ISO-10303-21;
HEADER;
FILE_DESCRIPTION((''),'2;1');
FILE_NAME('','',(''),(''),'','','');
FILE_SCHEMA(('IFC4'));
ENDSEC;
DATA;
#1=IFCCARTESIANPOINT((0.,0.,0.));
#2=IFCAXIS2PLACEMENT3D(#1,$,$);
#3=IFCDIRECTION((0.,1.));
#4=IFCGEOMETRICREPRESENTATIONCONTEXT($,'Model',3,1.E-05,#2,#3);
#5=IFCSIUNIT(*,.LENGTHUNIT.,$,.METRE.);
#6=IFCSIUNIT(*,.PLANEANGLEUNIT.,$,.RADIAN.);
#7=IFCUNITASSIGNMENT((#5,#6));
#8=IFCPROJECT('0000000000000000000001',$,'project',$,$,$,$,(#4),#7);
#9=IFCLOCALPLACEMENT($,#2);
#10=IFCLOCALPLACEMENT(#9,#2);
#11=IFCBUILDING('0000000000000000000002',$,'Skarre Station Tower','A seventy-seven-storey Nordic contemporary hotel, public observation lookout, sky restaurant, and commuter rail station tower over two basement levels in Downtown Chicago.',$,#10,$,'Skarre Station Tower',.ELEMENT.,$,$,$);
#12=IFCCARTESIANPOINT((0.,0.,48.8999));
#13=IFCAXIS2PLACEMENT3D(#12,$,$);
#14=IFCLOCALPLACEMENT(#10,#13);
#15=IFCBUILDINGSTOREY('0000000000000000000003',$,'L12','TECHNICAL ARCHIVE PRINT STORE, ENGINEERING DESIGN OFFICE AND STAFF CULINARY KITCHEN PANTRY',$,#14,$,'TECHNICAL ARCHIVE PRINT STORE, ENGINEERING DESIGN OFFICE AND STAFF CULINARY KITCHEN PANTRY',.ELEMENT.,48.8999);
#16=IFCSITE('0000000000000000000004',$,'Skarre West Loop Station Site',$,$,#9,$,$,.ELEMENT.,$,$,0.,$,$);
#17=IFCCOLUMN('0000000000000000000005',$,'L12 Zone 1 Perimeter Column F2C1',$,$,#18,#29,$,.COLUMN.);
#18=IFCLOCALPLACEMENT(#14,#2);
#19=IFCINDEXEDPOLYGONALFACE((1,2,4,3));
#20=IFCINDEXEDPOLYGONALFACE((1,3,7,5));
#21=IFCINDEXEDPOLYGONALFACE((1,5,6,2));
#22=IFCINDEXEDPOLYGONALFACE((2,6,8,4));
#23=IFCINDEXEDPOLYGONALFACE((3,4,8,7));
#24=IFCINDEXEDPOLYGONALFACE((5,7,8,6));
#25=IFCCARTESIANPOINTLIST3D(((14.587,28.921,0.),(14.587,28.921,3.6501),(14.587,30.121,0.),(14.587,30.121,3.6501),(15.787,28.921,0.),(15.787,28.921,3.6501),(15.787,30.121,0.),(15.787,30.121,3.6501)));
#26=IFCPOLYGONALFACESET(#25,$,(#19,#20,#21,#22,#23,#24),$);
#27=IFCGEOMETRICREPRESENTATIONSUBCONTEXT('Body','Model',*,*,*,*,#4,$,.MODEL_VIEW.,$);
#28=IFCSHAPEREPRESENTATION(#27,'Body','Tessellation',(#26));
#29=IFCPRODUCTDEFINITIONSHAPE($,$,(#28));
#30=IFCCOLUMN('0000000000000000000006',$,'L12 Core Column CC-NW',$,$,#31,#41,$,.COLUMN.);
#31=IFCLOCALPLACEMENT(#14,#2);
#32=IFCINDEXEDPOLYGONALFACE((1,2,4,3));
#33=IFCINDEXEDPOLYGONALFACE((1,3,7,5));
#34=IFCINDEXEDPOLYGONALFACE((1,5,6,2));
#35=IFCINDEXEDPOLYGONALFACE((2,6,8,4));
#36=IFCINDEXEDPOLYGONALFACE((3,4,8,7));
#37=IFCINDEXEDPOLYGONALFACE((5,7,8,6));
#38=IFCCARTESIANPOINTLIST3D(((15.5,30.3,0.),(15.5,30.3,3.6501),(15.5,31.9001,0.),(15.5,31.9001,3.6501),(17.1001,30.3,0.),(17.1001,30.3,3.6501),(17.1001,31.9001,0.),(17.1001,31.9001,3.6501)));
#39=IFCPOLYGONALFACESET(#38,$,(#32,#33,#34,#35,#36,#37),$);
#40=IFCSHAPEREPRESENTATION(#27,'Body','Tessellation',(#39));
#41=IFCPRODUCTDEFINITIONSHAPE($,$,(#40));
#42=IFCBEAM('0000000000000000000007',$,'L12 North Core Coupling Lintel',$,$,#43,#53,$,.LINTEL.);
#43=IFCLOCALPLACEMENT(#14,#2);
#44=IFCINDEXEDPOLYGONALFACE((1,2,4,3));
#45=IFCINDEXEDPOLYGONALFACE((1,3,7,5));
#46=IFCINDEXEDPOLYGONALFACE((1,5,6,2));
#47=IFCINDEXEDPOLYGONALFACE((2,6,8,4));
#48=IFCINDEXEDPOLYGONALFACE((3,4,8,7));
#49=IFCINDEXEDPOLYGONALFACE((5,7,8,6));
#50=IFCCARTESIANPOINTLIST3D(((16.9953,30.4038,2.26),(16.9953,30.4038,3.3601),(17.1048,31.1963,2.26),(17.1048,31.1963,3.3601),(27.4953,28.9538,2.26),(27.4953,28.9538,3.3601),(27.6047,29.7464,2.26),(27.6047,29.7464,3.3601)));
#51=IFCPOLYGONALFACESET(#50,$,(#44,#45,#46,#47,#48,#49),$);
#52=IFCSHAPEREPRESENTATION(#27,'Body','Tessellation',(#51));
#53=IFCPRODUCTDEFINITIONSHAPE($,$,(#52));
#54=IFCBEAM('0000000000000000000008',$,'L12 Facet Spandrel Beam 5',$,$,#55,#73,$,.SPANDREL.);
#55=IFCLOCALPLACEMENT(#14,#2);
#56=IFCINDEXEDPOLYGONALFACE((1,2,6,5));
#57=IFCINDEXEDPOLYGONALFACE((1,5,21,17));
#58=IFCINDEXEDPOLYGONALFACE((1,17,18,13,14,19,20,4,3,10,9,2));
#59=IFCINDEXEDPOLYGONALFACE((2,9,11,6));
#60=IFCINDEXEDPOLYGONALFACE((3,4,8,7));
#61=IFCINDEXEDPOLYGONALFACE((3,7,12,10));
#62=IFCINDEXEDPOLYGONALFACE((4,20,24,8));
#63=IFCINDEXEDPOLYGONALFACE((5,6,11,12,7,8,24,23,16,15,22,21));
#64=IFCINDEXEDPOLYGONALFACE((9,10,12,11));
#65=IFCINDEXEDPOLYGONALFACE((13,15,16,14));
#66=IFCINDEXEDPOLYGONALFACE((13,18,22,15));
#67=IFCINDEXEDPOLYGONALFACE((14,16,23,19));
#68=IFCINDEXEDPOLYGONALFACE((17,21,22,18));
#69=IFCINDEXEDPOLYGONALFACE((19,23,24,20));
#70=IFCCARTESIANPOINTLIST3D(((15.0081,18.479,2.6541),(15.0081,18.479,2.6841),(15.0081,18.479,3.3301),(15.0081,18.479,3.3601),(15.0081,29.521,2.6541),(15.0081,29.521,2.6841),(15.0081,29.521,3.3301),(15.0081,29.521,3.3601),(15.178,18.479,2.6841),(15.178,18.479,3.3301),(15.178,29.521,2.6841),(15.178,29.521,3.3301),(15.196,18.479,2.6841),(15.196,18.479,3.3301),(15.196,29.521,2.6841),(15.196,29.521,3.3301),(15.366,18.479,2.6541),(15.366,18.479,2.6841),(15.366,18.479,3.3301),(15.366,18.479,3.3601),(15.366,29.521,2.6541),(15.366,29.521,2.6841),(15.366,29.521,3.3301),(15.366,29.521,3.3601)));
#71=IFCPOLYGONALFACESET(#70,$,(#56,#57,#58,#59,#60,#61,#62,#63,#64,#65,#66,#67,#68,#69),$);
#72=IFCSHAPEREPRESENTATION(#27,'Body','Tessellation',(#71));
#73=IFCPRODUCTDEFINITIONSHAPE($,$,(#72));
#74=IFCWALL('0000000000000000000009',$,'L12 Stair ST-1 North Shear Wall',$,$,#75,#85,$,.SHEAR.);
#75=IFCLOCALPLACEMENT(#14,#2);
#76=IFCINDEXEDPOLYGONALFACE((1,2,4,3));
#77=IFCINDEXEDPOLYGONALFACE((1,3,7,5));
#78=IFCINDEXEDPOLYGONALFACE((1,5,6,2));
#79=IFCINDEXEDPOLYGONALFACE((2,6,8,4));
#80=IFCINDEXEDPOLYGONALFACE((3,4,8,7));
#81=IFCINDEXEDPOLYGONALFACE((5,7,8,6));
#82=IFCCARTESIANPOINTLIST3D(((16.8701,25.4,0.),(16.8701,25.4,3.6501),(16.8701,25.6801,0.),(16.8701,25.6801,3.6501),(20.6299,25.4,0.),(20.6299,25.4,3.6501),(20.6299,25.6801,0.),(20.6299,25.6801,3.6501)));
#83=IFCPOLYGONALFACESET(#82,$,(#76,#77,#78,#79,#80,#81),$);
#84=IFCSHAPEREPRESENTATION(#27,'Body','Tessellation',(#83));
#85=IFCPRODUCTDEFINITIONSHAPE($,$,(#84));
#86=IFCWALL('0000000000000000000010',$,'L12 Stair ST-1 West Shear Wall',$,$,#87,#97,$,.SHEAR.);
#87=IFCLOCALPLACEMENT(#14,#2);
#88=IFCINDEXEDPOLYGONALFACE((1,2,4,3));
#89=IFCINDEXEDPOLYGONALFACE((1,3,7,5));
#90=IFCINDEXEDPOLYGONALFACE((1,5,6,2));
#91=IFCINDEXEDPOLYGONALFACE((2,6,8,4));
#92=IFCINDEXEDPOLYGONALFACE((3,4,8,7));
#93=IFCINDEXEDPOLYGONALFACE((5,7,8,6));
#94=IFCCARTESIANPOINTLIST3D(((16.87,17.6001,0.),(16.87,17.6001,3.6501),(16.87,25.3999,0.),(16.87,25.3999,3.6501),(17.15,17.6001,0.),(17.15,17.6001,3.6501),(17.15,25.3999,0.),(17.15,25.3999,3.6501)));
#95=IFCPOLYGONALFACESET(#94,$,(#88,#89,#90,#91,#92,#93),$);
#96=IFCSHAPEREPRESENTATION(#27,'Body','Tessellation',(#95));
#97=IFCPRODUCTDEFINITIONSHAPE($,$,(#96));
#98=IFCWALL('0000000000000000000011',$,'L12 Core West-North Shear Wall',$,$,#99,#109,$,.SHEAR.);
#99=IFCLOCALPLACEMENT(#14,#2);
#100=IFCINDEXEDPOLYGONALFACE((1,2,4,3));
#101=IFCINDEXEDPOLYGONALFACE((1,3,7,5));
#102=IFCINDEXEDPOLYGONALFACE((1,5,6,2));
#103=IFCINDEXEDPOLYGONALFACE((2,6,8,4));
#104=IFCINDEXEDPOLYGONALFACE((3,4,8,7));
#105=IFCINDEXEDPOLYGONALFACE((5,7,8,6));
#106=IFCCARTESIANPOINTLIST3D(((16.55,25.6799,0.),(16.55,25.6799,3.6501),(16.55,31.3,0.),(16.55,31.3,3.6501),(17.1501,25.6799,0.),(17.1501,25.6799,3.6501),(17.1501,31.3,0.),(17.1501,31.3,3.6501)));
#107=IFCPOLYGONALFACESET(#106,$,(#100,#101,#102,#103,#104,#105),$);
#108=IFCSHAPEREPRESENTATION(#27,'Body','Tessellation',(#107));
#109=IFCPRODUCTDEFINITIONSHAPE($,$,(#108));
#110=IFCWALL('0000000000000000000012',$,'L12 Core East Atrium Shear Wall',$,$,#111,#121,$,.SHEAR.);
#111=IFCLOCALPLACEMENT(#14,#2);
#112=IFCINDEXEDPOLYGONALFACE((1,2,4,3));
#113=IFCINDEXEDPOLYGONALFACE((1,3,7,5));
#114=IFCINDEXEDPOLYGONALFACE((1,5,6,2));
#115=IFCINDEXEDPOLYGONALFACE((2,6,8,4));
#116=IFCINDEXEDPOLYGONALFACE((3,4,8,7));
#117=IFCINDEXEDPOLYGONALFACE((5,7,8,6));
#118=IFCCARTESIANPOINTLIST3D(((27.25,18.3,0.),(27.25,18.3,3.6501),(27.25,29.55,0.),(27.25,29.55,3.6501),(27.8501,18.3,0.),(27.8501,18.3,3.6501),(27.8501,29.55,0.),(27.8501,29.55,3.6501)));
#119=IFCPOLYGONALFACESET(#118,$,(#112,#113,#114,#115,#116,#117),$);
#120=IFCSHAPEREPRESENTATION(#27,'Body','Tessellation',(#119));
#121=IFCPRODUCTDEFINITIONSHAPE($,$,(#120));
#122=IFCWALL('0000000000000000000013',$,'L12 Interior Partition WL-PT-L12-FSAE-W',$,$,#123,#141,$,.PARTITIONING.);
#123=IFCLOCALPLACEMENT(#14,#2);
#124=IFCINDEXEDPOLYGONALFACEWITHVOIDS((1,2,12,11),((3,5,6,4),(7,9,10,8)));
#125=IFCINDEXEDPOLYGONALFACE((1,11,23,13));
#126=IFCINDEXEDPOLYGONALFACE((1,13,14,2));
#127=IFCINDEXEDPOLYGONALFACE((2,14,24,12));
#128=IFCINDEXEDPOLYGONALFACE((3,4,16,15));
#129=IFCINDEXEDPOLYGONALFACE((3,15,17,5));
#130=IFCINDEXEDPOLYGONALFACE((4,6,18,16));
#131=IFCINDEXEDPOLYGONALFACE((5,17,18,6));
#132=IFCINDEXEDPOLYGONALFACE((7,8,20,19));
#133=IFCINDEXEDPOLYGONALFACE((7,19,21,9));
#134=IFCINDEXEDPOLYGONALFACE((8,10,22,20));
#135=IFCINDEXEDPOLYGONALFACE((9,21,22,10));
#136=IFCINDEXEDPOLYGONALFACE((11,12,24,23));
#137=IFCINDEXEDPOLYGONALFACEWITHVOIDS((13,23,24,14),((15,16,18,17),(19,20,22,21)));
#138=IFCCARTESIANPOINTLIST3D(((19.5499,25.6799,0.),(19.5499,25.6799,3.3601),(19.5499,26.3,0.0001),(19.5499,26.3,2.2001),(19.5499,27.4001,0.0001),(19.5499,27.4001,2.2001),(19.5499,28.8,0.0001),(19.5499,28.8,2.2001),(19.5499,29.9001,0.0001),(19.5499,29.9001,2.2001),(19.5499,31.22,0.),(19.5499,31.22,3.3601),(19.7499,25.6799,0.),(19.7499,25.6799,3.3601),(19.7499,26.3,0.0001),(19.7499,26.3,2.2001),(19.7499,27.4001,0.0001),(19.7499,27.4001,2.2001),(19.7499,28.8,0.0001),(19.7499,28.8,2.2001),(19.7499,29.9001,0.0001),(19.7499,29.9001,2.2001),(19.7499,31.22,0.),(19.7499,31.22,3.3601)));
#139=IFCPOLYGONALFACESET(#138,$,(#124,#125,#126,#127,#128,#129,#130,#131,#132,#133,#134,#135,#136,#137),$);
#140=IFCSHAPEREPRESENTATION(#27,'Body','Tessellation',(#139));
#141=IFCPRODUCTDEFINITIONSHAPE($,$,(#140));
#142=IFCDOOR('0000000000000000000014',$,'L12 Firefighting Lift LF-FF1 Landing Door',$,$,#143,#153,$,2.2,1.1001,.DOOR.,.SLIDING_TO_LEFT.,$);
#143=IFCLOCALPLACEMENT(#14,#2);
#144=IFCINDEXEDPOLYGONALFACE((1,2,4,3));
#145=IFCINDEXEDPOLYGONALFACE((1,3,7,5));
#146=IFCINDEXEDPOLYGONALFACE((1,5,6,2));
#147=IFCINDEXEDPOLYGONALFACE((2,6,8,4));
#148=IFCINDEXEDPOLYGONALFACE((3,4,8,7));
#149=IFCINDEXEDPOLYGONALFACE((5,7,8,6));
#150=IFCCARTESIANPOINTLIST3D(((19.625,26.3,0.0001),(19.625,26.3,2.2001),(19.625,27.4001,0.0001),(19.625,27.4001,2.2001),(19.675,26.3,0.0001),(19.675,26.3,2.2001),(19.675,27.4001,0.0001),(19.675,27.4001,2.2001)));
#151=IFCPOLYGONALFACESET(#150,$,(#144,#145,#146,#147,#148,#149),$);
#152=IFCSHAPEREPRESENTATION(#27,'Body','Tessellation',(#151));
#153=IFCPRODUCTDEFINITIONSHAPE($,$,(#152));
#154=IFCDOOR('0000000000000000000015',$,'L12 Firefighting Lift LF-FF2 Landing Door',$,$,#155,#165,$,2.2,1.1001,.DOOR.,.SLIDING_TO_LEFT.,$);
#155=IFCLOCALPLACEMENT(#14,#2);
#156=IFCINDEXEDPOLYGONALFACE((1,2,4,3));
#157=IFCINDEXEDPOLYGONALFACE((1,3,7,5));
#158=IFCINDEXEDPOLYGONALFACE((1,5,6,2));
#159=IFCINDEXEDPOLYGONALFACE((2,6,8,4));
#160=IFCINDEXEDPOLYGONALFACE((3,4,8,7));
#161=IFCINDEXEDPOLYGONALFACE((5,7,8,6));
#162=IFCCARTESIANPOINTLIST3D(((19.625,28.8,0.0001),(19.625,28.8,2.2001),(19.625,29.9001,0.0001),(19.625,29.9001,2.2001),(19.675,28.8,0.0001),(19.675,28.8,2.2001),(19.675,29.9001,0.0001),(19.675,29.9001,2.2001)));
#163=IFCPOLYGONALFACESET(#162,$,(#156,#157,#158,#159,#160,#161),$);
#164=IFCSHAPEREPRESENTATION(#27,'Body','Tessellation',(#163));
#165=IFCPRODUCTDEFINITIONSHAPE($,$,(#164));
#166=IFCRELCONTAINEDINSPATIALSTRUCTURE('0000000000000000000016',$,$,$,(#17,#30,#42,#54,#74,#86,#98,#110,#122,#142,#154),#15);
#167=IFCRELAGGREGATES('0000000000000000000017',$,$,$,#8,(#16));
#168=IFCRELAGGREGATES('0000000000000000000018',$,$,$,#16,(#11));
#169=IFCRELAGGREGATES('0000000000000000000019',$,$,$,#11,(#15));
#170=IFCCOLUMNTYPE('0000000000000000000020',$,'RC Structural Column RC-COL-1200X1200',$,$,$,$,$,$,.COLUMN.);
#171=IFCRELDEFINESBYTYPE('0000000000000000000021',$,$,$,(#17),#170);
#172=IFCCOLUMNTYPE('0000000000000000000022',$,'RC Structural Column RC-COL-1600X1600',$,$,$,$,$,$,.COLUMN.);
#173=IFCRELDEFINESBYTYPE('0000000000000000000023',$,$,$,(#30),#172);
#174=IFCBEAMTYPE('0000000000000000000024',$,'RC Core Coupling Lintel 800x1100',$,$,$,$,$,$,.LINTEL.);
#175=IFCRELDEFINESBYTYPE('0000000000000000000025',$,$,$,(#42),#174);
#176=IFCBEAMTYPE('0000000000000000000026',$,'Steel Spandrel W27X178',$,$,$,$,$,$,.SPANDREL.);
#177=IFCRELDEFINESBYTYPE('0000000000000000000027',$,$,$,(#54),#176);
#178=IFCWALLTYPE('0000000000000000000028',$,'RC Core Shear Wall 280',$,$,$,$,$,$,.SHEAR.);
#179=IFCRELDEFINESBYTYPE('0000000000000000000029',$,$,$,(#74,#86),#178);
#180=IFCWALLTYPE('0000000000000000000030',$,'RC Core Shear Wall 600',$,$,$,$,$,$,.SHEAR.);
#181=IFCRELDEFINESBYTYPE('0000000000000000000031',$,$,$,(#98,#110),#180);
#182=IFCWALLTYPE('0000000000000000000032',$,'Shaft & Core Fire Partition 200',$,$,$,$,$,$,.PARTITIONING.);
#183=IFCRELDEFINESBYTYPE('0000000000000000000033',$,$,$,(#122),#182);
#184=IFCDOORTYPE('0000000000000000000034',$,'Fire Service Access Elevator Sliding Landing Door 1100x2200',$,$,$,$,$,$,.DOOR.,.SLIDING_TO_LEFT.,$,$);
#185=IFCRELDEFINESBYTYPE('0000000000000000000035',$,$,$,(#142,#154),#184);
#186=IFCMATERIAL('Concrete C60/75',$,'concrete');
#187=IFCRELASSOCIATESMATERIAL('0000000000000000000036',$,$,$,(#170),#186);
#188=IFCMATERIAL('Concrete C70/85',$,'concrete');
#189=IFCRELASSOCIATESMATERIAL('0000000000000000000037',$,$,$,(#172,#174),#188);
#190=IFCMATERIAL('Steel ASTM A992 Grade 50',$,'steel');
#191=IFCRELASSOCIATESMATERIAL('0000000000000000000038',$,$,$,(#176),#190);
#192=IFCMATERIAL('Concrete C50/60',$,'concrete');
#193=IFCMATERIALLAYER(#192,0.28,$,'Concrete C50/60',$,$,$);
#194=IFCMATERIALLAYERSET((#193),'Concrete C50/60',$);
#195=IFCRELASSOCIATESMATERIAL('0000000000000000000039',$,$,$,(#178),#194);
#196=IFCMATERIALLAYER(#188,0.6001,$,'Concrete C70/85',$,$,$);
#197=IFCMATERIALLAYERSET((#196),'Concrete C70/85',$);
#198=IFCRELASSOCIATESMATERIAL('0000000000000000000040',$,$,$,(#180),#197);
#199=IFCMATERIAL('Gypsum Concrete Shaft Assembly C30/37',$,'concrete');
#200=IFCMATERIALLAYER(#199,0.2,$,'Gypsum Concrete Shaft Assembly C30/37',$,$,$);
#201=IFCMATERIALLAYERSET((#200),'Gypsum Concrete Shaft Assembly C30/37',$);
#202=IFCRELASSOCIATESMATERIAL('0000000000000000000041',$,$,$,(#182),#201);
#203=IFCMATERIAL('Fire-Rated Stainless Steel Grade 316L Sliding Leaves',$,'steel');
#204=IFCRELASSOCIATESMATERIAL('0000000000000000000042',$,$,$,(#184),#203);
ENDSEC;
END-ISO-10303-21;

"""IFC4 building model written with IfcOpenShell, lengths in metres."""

from ifc_helpers import new_model, si_unit, direction, frame, frame_2d, origin, origin_2d, place, context, subcontext, project, spatial, rectangle, i_section, extrude, material, layer, layer_set, material_profile, profile_set, type_object, element, fill, save


model = new_model("IFC4")

# Units and contexts
model_context = context("Model", 3, precision=1e-05, world=origin(), true_north=direction((0.0, 1.0)))
body_context = subcontext(model_context, "Body", "Model", "MODEL_VIEW")
ifc_project = project(units=[si_unit("LENGTHUNIT", "METRE"), si_unit("PLANEANGLEUNIT", "RADIAN")], contexts=[model_context])

# Site, building, storey
site_placement = place(None, origin())
site = spatial("IfcSite", under=ifc_project, at=site_placement, Name="Skarre West Loop Station Site", CompositionType="ELEMENT", RefElevation=0.0)
building_placement = place(site_placement, origin())
building = spatial("IfcBuilding", under=site, at=building_placement, Name="Skarre Station Tower", Description="A seventy-seven-storey Nordic contemporary hotel, public observation lookout, sky restaurant, and commuter rail station tower over two basement levels in Downtown Chicago.", LongName="Skarre Station Tower", CompositionType="ELEMENT")
storey_placement = place(building_placement, frame((0.0, 0.0, 48.8999)))
storey = spatial("IfcBuildingStorey", under=building, at=storey_placement, Name="L12", Description="TECHNICAL ARCHIVE PRINT STORE, ENGINEERING DESIGN OFFICE AND STAFF CULINARY KITCHEN PANTRY", LongName="TECHNICAL ARCHIVE PRINT STORE, ENGINEERING DESIGN OFFICE AND STAFF CULINARY KITCHEN PANTRY", CompositionType="ELEMENT", Elevation=48.8999)

# Columns
ifc_material_1 = material(Name="Concrete C60/75", Category="concrete")
ifc_material_profile_1 = material_profile(ifc_material_1, rectangle(XDim=1.2, YDim=1.2, at=origin_2d()), Name="Concrete C60/75")
ifc_profile_set_1 = profile_set([ifc_material_profile_1], Name="Concrete C60/75")
column_type_1 = type_object("IfcColumnType", Name="RC Structural Column RC-COL-1200X1200", PredefinedType="COLUMN", material=ifc_profile_set_1)
column_1_placement = place(storey_placement, frame((15.187, 29.521, 0.0), z_axis=(0.0, 0.0, 1.0), x_axis=(1.0, 0.0, 0.0)))
element("IfcColumn", 1, at=column_1_placement, inside=storey, type_object=column_type_1, Name="L12 Zone 1 Perimeter Column F2C1", PredefinedType="COLUMN", context=body_context, shape_type="SweptSolid", body=[
    extrude(rectangle(XDim=1.2, YDim=1.2, at=origin_2d()), origin(), (0.0, 0.0, 1.0), 3.6501),
])
ifc_material_2 = material(Name="Concrete C70/85", Category="concrete")
ifc_material_profile_2 = material_profile(ifc_material_2, rectangle(XDim=1.6001, YDim=1.6001, at=origin_2d()), Name="Concrete C70/85")
ifc_profile_set_2 = profile_set([ifc_material_profile_2], Name="Concrete C70/85")
column_type_2 = type_object("IfcColumnType", Name="RC Structural Column RC-COL-1600X1600", PredefinedType="COLUMN", material=ifc_profile_set_2)
column_2_placement = place(storey_placement, frame((16.3, 31.1001, 0.0), z_axis=(0.0, 0.0, 1.0), x_axis=(1.0, 0.0, 0.0)))
element("IfcColumn", 2, at=column_2_placement, inside=storey, type_object=column_type_2, Name="L12 Core Column CC-NW", PredefinedType="COLUMN", context=body_context, shape_type="SweptSolid", body=[
    extrude(rectangle(XDim=1.6001, YDim=1.6001, at=origin_2d()), origin(), (0.0, 0.0, 1.0), 3.6501),
])

# Beams
ifc_material_profile_3 = material_profile(ifc_material_2, rectangle(XDim=0.8, YDim=1.1001, at=origin_2d()), Name="Concrete C70/85")
ifc_profile_set_3 = profile_set([ifc_material_profile_3], Name="Concrete C70/85")
beam_type_1 = type_object("IfcBeamType", Name="RC Core Coupling Lintel 800x1100", PredefinedType="LINTEL", material=ifc_profile_set_3)
beam_1_placement = place(storey_placement, frame((17.05, 30.8, 2.8101), z_axis=(0.9906, -0.136792, 0.0), x_axis=(0.136792, 0.9906, 0.0)))
element("IfcBeam", 3, at=beam_1_placement, inside=storey, type_object=beam_type_1, Name="L12 North Core Coupling Lintel", PredefinedType="LINTEL", context=body_context, shape_type="SweptSolid", body=[
    extrude(rectangle(XDim=0.8, YDim=1.1001, at=origin_2d()), origin(), (0.0, 0.0, 1.0), 10.5996),
])
ifc_material_3 = material(Name="Steel ASTM A992 Grade 50", Category="steel")
ifc_material_profile_4 = material_profile(ifc_material_3, i_section(OverallWidth=0.3579, OverallDepth=0.7061, WebThickness=0.0181, FlangeThickness=0.03, at=origin_2d()), Name="Steel ASTM A992 Grade 50")
ifc_profile_set_4 = profile_set([ifc_material_profile_4], Name="Steel ASTM A992 Grade 50")
beam_type_2 = type_object("IfcBeamType", Name="Steel Spandrel W27X178", PredefinedType="SPANDREL", material=ifc_profile_set_4)
beam_2_placement = place(storey_placement, frame((15.187, 29.521, 3.0071), z_axis=(0.0, -1.0, 0.0), x_axis=(1.0, 0.0, 0.0)))
element("IfcBeam", 4, at=beam_2_placement, inside=storey, type_object=beam_type_2, Name="L12 Facet Spandrel Beam 5", PredefinedType="SPANDREL", context=body_context, shape_type="SweptSolid", body=[
    extrude(i_section(OverallWidth=0.3579, OverallDepth=0.7061, WebThickness=0.0181, FlangeThickness=0.03, at=origin_2d()), origin(), (0.0, 0.0, 1.0), 11.042),
])

# Walls
ifc_material_4 = material(Name="Concrete C50/60", Category="concrete")
ifc_layer_1 = layer(ifc_material_4, 0.28, Name="Concrete C50/60")
ifc_layer_set_1 = layer_set([ifc_layer_1], Name="Concrete C50/60")
wall_type_1 = type_object("IfcWallType", Name="RC Core Shear Wall 280", PredefinedType="SHEAR", material=ifc_layer_set_1)
wall_1_placement = place(storey_placement, frame((20.6299, 25.54, 0.0), z_axis=(0.0, 0.0, 1.0), x_axis=(-1.0, 0.0, 0.0)))
element("IfcWall", 5, at=wall_1_placement, inside=storey, type_object=wall_type_1, Name="L12 Stair ST-1 North Shear Wall", PredefinedType="SHEAR", context=body_context, shape_type="SweptSolid", body=[
    extrude(rectangle(XDim=3.7598, YDim=0.28, at=frame_2d((1.8799, 0.0))), origin(), (0.0, 0.0, 1.0), 3.6501),
])
wall_2_placement = place(storey_placement, frame((17.01, 25.3999, 0.0), z_axis=(0.0, 0.0, 1.0), x_axis=(0.0, -1.0, 0.0)))
element("IfcWall", 6, at=wall_2_placement, inside=storey, type_object=wall_type_1, Name="L12 Stair ST-1 West Shear Wall", PredefinedType="SHEAR", context=body_context, shape_type="SweptSolid", body=[
    extrude(rectangle(XDim=7.7998, YDim=0.28, at=frame_2d((3.8999, 0.0))), origin(), (0.0, 0.0, 1.0), 3.6501),
])
ifc_layer_2 = layer(ifc_material_2, 0.6001, Name="Concrete C70/85")
ifc_layer_set_2 = layer_set([ifc_layer_2], Name="Concrete C70/85")
wall_type_2 = type_object("IfcWallType", Name="RC Core Shear Wall 600", PredefinedType="SHEAR", material=ifc_layer_set_2)
wall_3_placement = place(storey_placement, frame((16.8501, 25.6799, 0.0), z_axis=(0.0, 0.0, 1.0), x_axis=(0.0, 1.0, 0.0)))
element("IfcWall", 7, at=wall_3_placement, inside=storey, type_object=wall_type_2, Name="L12 Core West-North Shear Wall", PredefinedType="SHEAR", context=body_context, shape_type="SweptSolid", body=[
    extrude(rectangle(XDim=5.6201, YDim=0.6001, at=frame_2d((2.8101, 0.0))), origin(), (0.0, 0.0, 1.0), 3.6501),
])
wall_4_placement = place(storey_placement, frame((27.55, 29.55, 0.0), z_axis=(0.0, 0.0, 1.0), x_axis=(0.0, -1.0, 0.0)))
element("IfcWall", 8, at=wall_4_placement, inside=storey, type_object=wall_type_2, Name="L12 Core East Atrium Shear Wall", PredefinedType="SHEAR", context=body_context, shape_type="SweptSolid", body=[
    extrude(rectangle(XDim=11.25, YDim=0.6001, at=frame_2d((5.625, 0.0))), origin(), (0.0, 0.0, 1.0), 3.6501),
])

# Wall, openings, doors
ifc_material_5 = material(Name="Gypsum Concrete Shaft Assembly C30/37", Category="concrete")
ifc_layer_3 = layer(ifc_material_5, 0.2, Name="Gypsum Concrete Shaft Assembly C30/37")
ifc_layer_set_3 = layer_set([ifc_layer_3], Name="Gypsum Concrete Shaft Assembly C30/37")
wall_type_3 = type_object("IfcWallType", Name="Shaft & Core Fire Partition 200", PredefinedType="PARTITIONING", material=ifc_layer_set_3)
wall_5_placement = place(storey_placement, frame((19.6499, 25.6799, 0.0), z_axis=(0.0, 0.0, 1.0), x_axis=(0.0, 1.0, 0.0)))
wall_5 = element("IfcWall", 9, at=wall_5_placement, inside=storey, type_object=wall_type_3, Name="L12 Interior Partition WL-PT-L12-FSAE-W", PredefinedType="PARTITIONING", context=body_context, shape_type="SweptSolid", body=[
    extrude(rectangle(XDim=5.54, YDim=0.2, at=frame_2d((2.77, 0.0))), origin(), (0.0, 0.0, 1.0), 3.3601),
])
opening_1_placement = place(wall_5_placement, frame((0.6201, 0.0, 0.0)))
opening_1 = element("IfcOpeningElement", 10, at=opening_1_placement, cuts=wall_5, PredefinedType="OPENING", context=body_context, shape_type="SweptSolid", body=[
    extrude(rectangle(XDim=1.1001, YDim=2.2, at=frame_2d((0.55, 1.1001))), frame((0.0, 0.1099, 0.0), z_axis=(0.0, -1.0, 0.0), x_axis=(1.0, 0.0, 0.0)), (0.0, 0.0, 1.0), 0.22),
])
opening_2_placement = place(wall_5_placement, frame((3.1201, 0.0, 0.0)))
opening_2 = element("IfcOpeningElement", 11, at=opening_2_placement, cuts=wall_5, PredefinedType="OPENING", context=body_context, shape_type="SweptSolid", body=[
    extrude(rectangle(XDim=1.1001, YDim=2.2, at=frame_2d((0.55, 1.1001))), frame((0.0, 0.1099, 0.0), z_axis=(0.0, -1.0, 0.0), x_axis=(1.0, 0.0, 0.0)), (0.0, 0.0, 1.0), 0.22),
])
ifc_material_6 = material(Name="Fire-Rated Stainless Steel Grade 316L Sliding Leaves", Category="steel")
door_type_1 = type_object("IfcDoorType", Name="Fire Service Access Elevator Sliding Landing Door 1100x2200", OperationType="SLIDING_TO_LEFT", PredefinedType="DOOR", material=ifc_material_6)
door_1_placement = place(opening_1_placement, origin())
door_1 = element("IfcDoor", 12, at=door_1_placement, inside=storey, type_object=door_type_1, Name="L12 Firefighting Lift LF-FF1 Landing Door", OperationType="SLIDING_TO_LEFT", OverallHeight=2.2, OverallWidth=1.1001, PredefinedType="DOOR", context=body_context, shape_type="SweptSolid", body=[
    extrude(rectangle(XDim=1.1001, YDim=2.2, at=frame_2d((0.55, 1.1001))), frame((0.0, 0.0249, 0.0), z_axis=(0.0, -1.0, 0.0), x_axis=(1.0, 0.0, 0.0)), (0.0, 0.0, 1.0), 0.05),
])
fill(opening_1, door_1)
door_2_placement = place(opening_2_placement, origin())
door_2 = element("IfcDoor", 13, at=door_2_placement, inside=storey, type_object=door_type_1, Name="L12 Firefighting Lift LF-FF2 Landing Door", OperationType="SLIDING_TO_LEFT", OverallHeight=2.2, OverallWidth=1.1001, PredefinedType="DOOR", context=body_context, shape_type="SweptSolid", body=[
    extrude(rectangle(XDim=1.1001, YDim=2.2, at=frame_2d((0.55, 1.1001))), frame((0.0, 0.0249, 0.0), z_axis=(0.0, -1.0, 0.0), x_axis=(1.0, 0.0, 0.0)), (0.0, 0.0, 1.0), 0.05),
])
fill(opening_2, door_2)

save(model, "model.ifc")
